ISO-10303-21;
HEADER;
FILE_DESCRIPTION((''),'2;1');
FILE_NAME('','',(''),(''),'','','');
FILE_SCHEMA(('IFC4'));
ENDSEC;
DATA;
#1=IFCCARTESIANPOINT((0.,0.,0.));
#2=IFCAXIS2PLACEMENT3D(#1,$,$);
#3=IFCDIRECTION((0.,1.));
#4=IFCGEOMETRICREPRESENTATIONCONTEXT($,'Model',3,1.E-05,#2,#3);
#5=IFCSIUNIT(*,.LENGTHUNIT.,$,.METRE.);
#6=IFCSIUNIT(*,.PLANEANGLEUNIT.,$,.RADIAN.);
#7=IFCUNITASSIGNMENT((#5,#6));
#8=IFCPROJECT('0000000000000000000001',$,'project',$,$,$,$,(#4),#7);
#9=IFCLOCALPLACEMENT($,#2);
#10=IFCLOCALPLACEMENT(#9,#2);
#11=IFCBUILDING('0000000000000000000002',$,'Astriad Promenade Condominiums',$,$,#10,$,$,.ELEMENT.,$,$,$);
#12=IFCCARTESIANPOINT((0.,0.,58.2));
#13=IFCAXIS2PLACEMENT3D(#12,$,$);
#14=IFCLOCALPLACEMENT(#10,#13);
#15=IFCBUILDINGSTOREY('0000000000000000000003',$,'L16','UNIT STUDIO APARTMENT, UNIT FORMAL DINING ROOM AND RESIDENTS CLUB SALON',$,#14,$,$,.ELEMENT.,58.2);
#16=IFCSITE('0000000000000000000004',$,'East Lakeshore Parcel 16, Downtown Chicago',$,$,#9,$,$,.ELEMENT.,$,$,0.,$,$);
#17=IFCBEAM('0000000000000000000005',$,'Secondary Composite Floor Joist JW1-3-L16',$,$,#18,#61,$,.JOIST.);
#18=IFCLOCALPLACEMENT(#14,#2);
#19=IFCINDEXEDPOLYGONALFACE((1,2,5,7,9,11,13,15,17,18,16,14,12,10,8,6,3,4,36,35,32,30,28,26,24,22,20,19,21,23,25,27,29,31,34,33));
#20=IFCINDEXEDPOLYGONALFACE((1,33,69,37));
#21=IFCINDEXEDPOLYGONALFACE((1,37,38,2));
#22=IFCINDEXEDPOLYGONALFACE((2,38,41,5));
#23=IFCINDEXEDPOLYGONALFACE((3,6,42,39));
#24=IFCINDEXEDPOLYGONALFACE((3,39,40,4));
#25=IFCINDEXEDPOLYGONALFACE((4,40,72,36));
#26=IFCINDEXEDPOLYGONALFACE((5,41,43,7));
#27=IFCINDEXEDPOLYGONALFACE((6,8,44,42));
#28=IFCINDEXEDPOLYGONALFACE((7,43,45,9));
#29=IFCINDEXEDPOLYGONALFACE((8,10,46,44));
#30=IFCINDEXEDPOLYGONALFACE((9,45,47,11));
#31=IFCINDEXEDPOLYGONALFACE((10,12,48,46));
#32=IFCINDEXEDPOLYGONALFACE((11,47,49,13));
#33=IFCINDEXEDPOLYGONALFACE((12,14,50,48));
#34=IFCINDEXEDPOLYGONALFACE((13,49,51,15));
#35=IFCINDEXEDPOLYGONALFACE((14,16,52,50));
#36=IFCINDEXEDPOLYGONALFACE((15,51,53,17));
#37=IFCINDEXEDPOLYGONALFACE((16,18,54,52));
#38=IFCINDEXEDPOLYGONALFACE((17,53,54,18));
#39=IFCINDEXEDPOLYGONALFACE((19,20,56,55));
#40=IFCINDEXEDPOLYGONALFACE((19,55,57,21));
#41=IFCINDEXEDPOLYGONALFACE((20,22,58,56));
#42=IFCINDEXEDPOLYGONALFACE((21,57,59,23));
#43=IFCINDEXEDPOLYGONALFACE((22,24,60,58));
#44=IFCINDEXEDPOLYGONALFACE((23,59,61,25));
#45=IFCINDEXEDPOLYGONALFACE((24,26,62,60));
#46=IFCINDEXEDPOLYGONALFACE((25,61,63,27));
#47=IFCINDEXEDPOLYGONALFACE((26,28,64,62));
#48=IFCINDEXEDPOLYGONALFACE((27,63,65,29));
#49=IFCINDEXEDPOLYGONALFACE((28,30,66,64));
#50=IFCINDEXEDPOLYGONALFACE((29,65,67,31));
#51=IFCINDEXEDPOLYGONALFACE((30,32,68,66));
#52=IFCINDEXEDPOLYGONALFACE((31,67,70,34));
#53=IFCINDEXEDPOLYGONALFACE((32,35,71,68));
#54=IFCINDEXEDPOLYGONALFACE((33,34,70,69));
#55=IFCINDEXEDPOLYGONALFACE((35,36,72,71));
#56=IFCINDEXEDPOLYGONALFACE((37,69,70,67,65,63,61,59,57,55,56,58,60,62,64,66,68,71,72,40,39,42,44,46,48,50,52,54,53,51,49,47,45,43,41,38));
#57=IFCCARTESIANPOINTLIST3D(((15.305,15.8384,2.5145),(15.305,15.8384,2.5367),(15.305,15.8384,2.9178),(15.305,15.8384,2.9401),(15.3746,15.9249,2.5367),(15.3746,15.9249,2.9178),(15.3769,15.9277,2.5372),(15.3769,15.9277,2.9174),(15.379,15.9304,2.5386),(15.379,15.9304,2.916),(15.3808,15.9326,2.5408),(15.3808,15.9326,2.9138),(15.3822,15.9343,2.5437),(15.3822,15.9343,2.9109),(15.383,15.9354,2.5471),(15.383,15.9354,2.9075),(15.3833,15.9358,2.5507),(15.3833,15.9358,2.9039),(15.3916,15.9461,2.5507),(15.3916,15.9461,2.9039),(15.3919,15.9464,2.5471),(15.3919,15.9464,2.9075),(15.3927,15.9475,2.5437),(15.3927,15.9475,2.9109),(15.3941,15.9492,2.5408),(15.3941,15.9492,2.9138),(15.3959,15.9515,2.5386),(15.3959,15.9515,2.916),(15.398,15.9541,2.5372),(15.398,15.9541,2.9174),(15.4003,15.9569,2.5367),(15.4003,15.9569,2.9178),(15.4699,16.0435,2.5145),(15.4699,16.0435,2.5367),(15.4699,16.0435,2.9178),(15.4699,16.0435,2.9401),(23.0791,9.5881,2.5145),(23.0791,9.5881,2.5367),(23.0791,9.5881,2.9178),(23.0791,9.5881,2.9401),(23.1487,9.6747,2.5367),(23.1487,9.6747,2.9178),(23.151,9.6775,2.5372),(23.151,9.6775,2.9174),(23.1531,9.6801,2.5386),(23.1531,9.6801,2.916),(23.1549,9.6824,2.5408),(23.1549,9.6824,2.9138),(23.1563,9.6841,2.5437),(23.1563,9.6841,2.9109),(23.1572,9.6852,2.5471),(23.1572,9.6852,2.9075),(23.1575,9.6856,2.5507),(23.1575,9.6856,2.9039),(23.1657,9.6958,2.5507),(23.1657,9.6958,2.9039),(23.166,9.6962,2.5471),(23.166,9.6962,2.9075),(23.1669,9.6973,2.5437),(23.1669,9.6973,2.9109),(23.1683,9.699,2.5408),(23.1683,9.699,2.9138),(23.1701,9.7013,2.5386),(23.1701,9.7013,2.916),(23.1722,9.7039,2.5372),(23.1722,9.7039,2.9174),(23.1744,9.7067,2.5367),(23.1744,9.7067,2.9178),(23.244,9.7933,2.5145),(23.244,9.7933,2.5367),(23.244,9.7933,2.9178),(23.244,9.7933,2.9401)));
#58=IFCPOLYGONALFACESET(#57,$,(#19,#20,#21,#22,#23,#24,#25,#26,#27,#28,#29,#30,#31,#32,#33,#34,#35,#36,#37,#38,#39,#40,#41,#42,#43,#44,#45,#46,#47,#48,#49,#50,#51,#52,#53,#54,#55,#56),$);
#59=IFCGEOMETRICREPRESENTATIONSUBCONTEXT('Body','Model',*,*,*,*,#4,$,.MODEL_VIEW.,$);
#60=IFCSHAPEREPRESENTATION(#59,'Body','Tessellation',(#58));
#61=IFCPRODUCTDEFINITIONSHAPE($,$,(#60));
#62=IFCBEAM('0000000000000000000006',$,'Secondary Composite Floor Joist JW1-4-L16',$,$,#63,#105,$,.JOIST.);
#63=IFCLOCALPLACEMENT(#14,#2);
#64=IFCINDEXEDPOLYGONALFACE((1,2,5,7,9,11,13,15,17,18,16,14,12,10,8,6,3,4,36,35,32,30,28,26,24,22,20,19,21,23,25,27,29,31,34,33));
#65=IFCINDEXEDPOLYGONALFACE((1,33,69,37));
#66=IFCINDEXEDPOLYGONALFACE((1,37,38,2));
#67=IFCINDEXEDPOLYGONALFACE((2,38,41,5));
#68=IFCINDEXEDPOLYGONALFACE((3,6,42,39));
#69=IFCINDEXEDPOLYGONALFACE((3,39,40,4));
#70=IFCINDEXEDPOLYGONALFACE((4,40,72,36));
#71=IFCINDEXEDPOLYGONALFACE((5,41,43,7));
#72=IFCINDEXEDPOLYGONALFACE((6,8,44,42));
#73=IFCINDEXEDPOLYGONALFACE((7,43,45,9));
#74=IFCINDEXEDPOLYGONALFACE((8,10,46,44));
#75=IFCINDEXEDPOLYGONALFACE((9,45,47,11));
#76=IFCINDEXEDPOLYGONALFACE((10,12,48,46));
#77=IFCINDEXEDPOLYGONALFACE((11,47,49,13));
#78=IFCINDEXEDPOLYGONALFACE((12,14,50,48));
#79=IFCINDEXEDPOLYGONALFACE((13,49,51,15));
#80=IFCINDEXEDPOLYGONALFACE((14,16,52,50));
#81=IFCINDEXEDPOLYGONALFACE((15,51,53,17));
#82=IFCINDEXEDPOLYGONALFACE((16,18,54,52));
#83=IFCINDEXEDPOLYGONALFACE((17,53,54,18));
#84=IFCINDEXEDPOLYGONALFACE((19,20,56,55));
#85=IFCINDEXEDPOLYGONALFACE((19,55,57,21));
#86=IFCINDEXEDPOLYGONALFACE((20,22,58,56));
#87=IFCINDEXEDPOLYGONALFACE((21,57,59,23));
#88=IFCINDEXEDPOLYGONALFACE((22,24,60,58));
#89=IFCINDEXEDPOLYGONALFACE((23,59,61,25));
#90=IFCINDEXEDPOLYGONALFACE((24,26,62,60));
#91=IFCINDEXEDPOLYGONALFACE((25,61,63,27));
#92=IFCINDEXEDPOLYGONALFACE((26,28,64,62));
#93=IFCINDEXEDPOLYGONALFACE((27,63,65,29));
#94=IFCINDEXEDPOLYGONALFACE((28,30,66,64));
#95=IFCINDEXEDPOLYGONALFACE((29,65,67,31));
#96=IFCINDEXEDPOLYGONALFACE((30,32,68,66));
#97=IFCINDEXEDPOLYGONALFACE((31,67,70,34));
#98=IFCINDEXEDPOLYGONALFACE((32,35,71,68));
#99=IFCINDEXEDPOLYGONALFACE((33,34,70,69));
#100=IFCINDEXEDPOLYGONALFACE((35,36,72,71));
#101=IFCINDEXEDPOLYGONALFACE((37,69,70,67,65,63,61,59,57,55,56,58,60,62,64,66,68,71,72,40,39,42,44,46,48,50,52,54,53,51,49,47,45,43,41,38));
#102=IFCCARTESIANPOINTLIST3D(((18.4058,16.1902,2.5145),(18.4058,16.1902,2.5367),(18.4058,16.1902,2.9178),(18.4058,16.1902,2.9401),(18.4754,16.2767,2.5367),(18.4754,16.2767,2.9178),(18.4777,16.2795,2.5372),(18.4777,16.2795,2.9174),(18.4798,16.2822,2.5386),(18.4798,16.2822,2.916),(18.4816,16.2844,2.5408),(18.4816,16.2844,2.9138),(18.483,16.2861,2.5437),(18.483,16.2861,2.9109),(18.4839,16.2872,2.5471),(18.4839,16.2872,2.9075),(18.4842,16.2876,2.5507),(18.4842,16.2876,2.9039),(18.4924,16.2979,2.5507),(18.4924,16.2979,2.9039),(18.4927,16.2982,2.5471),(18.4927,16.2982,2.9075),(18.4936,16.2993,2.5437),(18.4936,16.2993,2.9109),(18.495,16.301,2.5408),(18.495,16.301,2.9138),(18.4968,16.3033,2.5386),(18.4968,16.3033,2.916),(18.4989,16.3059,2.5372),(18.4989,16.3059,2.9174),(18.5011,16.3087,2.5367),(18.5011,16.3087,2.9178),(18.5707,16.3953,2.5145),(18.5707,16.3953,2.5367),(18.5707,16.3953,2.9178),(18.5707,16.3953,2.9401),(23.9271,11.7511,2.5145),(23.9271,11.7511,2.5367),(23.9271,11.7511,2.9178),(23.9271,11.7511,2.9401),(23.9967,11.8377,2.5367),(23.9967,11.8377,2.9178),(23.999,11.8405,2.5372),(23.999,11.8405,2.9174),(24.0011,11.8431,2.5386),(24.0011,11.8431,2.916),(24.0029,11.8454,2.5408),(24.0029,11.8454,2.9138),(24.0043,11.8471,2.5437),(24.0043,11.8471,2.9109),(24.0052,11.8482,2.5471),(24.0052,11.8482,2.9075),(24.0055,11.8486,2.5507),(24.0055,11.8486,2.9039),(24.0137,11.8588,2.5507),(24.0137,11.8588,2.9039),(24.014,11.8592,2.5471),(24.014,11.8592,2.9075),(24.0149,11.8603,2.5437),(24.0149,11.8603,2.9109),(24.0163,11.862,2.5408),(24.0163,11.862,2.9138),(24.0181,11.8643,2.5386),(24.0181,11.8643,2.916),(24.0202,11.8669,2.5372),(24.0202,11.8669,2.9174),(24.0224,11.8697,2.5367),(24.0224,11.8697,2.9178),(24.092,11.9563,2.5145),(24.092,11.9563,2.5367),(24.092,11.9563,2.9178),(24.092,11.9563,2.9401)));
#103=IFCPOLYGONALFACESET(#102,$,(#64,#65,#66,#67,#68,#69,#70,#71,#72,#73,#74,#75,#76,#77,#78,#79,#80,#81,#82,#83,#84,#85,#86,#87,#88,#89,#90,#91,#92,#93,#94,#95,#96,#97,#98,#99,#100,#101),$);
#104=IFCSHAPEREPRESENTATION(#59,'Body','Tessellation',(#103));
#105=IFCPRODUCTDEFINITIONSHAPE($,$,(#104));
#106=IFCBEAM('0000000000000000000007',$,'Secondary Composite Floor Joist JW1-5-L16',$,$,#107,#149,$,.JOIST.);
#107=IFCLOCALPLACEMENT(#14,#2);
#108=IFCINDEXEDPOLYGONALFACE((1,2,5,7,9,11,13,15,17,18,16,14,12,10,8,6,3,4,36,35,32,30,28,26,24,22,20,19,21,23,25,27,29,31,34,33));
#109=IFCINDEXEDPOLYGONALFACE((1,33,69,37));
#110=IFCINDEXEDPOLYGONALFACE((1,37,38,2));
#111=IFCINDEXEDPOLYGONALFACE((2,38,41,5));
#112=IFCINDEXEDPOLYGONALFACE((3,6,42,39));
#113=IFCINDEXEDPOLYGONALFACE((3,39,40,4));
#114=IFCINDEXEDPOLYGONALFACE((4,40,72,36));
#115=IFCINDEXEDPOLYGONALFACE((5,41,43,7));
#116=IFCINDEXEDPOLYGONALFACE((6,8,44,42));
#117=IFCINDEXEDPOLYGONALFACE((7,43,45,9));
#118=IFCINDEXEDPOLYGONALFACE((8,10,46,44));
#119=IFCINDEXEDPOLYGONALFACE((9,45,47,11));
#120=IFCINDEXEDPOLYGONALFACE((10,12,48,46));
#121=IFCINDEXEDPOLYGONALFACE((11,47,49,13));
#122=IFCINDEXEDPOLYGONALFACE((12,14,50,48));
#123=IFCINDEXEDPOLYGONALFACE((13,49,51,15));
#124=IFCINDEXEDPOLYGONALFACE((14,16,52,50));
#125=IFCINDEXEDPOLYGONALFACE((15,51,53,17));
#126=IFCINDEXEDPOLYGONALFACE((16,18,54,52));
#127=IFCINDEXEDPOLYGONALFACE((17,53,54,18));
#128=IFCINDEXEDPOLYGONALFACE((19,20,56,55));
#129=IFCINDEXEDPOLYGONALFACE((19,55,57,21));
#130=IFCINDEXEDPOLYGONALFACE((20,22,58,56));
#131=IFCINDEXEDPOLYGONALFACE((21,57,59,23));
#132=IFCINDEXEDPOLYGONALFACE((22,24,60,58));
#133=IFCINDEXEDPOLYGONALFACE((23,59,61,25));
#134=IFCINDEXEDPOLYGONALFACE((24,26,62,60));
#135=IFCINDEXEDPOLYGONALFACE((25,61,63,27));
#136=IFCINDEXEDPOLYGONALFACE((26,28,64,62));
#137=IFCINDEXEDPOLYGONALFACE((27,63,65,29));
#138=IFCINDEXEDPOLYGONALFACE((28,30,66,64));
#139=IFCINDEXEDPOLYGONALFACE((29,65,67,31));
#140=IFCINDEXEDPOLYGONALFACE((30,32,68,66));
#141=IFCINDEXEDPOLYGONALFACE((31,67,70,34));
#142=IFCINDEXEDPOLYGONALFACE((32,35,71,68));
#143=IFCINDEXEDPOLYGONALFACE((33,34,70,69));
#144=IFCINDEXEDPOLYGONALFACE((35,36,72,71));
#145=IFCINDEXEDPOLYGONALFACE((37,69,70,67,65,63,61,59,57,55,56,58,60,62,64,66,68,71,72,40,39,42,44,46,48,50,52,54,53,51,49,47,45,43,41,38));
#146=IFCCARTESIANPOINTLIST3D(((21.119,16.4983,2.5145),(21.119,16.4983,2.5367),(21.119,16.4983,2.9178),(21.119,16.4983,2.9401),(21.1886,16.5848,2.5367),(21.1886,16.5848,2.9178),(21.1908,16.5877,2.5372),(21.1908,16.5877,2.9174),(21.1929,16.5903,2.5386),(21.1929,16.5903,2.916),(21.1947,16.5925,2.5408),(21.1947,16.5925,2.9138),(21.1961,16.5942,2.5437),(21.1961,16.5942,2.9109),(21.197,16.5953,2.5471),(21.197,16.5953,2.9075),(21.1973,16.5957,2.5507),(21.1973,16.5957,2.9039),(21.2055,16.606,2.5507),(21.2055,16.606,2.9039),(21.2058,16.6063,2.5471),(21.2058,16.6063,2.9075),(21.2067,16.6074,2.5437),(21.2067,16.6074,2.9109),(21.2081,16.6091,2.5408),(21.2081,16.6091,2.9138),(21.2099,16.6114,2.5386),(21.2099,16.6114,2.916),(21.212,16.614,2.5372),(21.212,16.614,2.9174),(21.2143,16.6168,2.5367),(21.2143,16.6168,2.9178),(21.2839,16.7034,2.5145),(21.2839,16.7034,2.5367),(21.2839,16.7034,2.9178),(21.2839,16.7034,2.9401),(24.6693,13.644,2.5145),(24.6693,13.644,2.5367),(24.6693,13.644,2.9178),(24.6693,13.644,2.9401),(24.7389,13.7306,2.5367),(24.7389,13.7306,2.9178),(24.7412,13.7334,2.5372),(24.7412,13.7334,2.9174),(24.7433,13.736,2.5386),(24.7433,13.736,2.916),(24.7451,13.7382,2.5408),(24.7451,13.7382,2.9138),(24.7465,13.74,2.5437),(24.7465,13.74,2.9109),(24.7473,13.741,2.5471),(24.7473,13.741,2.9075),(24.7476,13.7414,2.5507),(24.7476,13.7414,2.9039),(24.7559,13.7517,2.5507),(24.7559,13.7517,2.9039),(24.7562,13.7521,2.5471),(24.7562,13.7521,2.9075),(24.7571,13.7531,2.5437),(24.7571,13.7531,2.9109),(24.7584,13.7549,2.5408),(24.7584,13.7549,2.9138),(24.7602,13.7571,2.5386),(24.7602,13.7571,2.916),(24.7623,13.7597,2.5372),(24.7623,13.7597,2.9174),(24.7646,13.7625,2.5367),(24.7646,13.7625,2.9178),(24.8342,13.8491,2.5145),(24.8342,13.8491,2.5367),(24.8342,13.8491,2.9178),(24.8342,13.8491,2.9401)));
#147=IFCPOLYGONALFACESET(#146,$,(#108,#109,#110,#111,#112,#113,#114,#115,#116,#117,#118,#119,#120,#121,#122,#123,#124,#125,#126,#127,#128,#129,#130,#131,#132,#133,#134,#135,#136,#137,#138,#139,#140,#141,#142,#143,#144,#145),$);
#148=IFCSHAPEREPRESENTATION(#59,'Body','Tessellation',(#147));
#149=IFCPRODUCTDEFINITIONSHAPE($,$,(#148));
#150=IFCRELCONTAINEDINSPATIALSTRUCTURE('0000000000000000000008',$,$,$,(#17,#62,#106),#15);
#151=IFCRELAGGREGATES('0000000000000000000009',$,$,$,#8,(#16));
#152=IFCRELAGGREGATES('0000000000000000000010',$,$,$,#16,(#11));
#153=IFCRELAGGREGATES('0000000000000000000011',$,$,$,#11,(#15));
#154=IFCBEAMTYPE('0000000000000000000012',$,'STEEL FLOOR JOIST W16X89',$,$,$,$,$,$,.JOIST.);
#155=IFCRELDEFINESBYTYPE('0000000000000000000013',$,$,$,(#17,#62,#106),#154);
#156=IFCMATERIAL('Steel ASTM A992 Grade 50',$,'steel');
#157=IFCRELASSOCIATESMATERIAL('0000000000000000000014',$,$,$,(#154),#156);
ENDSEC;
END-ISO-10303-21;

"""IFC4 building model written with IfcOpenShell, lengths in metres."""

from ifc_helpers import new_model, si_unit, direction, frame, origin, origin_2d, place, context, subcontext, project, spatial, i_section, extrude, source, transform, mapped, material, material_profile, profile_set, type_object, type_shapes, element, save


model = new_model("IFC4")

# Units and contexts
model_context = context("Model", 3, precision=1e-05, world=origin(), true_north=direction((0.0, 1.0)))
body_context = subcontext(model_context, "Body", "Model", "MODEL_VIEW")
ifc_project = project(units=[si_unit("LENGTHUNIT", "METRE"), si_unit("PLANEANGLEUNIT", "RADIAN")], contexts=[model_context])

# Site, building, storey
site_placement = place(None, origin())
site = spatial("IfcSite", under=ifc_project, at=site_placement, Name="East Lakeshore Parcel 16, Downtown Chicago", CompositionType="ELEMENT", RefElevation=0.0)
building_placement = place(site_placement, origin())
building = spatial("IfcBuilding", under=site, at=building_placement, Name="Astriad Promenade Condominiums", CompositionType="ELEMENT")
storey_placement = place(building_placement, frame((0.0, 0.0, 58.2)))
storey = spatial("IfcBuildingStorey", under=building, at=storey_placement, Name="L16", Description="UNIT STUDIO APARTMENT, UNIT FORMAL DINING ROOM AND RESIDENTS CLUB SALON", CompositionType="ELEMENT", Elevation=58.2)

# Beams
ifc_material_1 = material(Name="Steel ASTM A992 Grade 50", Category="steel")
ifc_material_profile = material_profile(ifc_material_1, i_section(OverallWidth=0.2632, OverallDepth=0.4255, WebThickness=0.0132, FlangeThickness=0.0222, FilletRadius=0.0139, at=origin_2d()), Name="W16X89")
ifc_profile_set = profile_set([ifc_material_profile], Name="Steel ASTM A992 Grade 50")
beam_type = type_object("IfcBeamType", Name="STEEL FLOOR JOIST W16X89", PredefinedType="JOIST", material=ifc_profile_set)
shared_shape_1 = source(origin(), body_context, "Body", "SweptSolid", [
    extrude(i_section(OverallWidth=0.2632, OverallDepth=0.4255, WebThickness=0.0132, FlangeThickness=0.0222, FilletRadius=0.0139, at=origin_2d()), origin(), (0.0, 0.0, 1.0), 9.9751),
])
beam_1_placement = place(storey_placement, frame((15.3875, 15.9409, 2.7273), z_axis=(0.779355, -0.626583, 0.0), x_axis=(0.626583, 0.779355, 0.0)))
element("IfcBeam", 1, at=beam_1_placement, inside=storey, type_object=beam_type, Name="Secondary Composite Floor Joist JW1-3-L16", PredefinedType="JOIST", context=body_context, shape_type="MappedRepresentation", body=[
    mapped(shared_shape_1, transform((0.0, 0.0, 0.0), scale=1.0)),
])
shared_shape_2 = source(origin(), body_context, "Body", "SweptSolid", [
    extrude(i_section(OverallWidth=0.2632, OverallDepth=0.4255, WebThickness=0.0132, FlangeThickness=0.0222, FilletRadius=0.0139, at=origin_2d()), origin(), (0.0, 0.0, 1.0), 7.0845),
])
beam_2_placement = place(storey_placement, frame((18.4883, 16.2927, 2.7273), z_axis=(0.779354, -0.626584, 0.0), x_axis=(0.626584, 0.779354, 0.0)))
element("IfcBeam", 2, at=beam_2_placement, inside=storey, type_object=beam_type, Name="Secondary Composite Floor Joist JW1-4-L16", PredefinedType="JOIST", context=body_context, shape_type="MappedRepresentation", body=[
    mapped(shared_shape_2, transform((0.0, 0.0, 0.0), scale=1.0)),
])
shared_shape_3 = source(origin(), body_context, "Body", "SweptSolid", [
    extrude(i_section(OverallWidth=0.2632, OverallDepth=0.4255, WebThickness=0.0132, FlangeThickness=0.0222, FilletRadius=0.0139, at=origin_2d()), origin(), (0.0, 0.0, 1.0), 4.5554),
])
type_shapes(beam_type, [shared_shape_1, shared_shape_2, shared_shape_3])
beam_3_placement = place(storey_placement, frame((21.2014, 16.6008, 2.7273), z_axis=(0.779366, -0.626569, 0.0), x_axis=(0.626569, 0.779366, 0.0)))
element("IfcBeam", 3, at=beam_3_placement, inside=storey, type_object=beam_type, Name="Secondary Composite Floor Joist JW1-5-L16", PredefinedType="JOIST", context=body_context, shape_type="MappedRepresentation", body=[
    mapped(shared_shape_3, transform((0.0, 0.0, 0.0), scale=1.0)),
])

save(model, "model.ifc")
